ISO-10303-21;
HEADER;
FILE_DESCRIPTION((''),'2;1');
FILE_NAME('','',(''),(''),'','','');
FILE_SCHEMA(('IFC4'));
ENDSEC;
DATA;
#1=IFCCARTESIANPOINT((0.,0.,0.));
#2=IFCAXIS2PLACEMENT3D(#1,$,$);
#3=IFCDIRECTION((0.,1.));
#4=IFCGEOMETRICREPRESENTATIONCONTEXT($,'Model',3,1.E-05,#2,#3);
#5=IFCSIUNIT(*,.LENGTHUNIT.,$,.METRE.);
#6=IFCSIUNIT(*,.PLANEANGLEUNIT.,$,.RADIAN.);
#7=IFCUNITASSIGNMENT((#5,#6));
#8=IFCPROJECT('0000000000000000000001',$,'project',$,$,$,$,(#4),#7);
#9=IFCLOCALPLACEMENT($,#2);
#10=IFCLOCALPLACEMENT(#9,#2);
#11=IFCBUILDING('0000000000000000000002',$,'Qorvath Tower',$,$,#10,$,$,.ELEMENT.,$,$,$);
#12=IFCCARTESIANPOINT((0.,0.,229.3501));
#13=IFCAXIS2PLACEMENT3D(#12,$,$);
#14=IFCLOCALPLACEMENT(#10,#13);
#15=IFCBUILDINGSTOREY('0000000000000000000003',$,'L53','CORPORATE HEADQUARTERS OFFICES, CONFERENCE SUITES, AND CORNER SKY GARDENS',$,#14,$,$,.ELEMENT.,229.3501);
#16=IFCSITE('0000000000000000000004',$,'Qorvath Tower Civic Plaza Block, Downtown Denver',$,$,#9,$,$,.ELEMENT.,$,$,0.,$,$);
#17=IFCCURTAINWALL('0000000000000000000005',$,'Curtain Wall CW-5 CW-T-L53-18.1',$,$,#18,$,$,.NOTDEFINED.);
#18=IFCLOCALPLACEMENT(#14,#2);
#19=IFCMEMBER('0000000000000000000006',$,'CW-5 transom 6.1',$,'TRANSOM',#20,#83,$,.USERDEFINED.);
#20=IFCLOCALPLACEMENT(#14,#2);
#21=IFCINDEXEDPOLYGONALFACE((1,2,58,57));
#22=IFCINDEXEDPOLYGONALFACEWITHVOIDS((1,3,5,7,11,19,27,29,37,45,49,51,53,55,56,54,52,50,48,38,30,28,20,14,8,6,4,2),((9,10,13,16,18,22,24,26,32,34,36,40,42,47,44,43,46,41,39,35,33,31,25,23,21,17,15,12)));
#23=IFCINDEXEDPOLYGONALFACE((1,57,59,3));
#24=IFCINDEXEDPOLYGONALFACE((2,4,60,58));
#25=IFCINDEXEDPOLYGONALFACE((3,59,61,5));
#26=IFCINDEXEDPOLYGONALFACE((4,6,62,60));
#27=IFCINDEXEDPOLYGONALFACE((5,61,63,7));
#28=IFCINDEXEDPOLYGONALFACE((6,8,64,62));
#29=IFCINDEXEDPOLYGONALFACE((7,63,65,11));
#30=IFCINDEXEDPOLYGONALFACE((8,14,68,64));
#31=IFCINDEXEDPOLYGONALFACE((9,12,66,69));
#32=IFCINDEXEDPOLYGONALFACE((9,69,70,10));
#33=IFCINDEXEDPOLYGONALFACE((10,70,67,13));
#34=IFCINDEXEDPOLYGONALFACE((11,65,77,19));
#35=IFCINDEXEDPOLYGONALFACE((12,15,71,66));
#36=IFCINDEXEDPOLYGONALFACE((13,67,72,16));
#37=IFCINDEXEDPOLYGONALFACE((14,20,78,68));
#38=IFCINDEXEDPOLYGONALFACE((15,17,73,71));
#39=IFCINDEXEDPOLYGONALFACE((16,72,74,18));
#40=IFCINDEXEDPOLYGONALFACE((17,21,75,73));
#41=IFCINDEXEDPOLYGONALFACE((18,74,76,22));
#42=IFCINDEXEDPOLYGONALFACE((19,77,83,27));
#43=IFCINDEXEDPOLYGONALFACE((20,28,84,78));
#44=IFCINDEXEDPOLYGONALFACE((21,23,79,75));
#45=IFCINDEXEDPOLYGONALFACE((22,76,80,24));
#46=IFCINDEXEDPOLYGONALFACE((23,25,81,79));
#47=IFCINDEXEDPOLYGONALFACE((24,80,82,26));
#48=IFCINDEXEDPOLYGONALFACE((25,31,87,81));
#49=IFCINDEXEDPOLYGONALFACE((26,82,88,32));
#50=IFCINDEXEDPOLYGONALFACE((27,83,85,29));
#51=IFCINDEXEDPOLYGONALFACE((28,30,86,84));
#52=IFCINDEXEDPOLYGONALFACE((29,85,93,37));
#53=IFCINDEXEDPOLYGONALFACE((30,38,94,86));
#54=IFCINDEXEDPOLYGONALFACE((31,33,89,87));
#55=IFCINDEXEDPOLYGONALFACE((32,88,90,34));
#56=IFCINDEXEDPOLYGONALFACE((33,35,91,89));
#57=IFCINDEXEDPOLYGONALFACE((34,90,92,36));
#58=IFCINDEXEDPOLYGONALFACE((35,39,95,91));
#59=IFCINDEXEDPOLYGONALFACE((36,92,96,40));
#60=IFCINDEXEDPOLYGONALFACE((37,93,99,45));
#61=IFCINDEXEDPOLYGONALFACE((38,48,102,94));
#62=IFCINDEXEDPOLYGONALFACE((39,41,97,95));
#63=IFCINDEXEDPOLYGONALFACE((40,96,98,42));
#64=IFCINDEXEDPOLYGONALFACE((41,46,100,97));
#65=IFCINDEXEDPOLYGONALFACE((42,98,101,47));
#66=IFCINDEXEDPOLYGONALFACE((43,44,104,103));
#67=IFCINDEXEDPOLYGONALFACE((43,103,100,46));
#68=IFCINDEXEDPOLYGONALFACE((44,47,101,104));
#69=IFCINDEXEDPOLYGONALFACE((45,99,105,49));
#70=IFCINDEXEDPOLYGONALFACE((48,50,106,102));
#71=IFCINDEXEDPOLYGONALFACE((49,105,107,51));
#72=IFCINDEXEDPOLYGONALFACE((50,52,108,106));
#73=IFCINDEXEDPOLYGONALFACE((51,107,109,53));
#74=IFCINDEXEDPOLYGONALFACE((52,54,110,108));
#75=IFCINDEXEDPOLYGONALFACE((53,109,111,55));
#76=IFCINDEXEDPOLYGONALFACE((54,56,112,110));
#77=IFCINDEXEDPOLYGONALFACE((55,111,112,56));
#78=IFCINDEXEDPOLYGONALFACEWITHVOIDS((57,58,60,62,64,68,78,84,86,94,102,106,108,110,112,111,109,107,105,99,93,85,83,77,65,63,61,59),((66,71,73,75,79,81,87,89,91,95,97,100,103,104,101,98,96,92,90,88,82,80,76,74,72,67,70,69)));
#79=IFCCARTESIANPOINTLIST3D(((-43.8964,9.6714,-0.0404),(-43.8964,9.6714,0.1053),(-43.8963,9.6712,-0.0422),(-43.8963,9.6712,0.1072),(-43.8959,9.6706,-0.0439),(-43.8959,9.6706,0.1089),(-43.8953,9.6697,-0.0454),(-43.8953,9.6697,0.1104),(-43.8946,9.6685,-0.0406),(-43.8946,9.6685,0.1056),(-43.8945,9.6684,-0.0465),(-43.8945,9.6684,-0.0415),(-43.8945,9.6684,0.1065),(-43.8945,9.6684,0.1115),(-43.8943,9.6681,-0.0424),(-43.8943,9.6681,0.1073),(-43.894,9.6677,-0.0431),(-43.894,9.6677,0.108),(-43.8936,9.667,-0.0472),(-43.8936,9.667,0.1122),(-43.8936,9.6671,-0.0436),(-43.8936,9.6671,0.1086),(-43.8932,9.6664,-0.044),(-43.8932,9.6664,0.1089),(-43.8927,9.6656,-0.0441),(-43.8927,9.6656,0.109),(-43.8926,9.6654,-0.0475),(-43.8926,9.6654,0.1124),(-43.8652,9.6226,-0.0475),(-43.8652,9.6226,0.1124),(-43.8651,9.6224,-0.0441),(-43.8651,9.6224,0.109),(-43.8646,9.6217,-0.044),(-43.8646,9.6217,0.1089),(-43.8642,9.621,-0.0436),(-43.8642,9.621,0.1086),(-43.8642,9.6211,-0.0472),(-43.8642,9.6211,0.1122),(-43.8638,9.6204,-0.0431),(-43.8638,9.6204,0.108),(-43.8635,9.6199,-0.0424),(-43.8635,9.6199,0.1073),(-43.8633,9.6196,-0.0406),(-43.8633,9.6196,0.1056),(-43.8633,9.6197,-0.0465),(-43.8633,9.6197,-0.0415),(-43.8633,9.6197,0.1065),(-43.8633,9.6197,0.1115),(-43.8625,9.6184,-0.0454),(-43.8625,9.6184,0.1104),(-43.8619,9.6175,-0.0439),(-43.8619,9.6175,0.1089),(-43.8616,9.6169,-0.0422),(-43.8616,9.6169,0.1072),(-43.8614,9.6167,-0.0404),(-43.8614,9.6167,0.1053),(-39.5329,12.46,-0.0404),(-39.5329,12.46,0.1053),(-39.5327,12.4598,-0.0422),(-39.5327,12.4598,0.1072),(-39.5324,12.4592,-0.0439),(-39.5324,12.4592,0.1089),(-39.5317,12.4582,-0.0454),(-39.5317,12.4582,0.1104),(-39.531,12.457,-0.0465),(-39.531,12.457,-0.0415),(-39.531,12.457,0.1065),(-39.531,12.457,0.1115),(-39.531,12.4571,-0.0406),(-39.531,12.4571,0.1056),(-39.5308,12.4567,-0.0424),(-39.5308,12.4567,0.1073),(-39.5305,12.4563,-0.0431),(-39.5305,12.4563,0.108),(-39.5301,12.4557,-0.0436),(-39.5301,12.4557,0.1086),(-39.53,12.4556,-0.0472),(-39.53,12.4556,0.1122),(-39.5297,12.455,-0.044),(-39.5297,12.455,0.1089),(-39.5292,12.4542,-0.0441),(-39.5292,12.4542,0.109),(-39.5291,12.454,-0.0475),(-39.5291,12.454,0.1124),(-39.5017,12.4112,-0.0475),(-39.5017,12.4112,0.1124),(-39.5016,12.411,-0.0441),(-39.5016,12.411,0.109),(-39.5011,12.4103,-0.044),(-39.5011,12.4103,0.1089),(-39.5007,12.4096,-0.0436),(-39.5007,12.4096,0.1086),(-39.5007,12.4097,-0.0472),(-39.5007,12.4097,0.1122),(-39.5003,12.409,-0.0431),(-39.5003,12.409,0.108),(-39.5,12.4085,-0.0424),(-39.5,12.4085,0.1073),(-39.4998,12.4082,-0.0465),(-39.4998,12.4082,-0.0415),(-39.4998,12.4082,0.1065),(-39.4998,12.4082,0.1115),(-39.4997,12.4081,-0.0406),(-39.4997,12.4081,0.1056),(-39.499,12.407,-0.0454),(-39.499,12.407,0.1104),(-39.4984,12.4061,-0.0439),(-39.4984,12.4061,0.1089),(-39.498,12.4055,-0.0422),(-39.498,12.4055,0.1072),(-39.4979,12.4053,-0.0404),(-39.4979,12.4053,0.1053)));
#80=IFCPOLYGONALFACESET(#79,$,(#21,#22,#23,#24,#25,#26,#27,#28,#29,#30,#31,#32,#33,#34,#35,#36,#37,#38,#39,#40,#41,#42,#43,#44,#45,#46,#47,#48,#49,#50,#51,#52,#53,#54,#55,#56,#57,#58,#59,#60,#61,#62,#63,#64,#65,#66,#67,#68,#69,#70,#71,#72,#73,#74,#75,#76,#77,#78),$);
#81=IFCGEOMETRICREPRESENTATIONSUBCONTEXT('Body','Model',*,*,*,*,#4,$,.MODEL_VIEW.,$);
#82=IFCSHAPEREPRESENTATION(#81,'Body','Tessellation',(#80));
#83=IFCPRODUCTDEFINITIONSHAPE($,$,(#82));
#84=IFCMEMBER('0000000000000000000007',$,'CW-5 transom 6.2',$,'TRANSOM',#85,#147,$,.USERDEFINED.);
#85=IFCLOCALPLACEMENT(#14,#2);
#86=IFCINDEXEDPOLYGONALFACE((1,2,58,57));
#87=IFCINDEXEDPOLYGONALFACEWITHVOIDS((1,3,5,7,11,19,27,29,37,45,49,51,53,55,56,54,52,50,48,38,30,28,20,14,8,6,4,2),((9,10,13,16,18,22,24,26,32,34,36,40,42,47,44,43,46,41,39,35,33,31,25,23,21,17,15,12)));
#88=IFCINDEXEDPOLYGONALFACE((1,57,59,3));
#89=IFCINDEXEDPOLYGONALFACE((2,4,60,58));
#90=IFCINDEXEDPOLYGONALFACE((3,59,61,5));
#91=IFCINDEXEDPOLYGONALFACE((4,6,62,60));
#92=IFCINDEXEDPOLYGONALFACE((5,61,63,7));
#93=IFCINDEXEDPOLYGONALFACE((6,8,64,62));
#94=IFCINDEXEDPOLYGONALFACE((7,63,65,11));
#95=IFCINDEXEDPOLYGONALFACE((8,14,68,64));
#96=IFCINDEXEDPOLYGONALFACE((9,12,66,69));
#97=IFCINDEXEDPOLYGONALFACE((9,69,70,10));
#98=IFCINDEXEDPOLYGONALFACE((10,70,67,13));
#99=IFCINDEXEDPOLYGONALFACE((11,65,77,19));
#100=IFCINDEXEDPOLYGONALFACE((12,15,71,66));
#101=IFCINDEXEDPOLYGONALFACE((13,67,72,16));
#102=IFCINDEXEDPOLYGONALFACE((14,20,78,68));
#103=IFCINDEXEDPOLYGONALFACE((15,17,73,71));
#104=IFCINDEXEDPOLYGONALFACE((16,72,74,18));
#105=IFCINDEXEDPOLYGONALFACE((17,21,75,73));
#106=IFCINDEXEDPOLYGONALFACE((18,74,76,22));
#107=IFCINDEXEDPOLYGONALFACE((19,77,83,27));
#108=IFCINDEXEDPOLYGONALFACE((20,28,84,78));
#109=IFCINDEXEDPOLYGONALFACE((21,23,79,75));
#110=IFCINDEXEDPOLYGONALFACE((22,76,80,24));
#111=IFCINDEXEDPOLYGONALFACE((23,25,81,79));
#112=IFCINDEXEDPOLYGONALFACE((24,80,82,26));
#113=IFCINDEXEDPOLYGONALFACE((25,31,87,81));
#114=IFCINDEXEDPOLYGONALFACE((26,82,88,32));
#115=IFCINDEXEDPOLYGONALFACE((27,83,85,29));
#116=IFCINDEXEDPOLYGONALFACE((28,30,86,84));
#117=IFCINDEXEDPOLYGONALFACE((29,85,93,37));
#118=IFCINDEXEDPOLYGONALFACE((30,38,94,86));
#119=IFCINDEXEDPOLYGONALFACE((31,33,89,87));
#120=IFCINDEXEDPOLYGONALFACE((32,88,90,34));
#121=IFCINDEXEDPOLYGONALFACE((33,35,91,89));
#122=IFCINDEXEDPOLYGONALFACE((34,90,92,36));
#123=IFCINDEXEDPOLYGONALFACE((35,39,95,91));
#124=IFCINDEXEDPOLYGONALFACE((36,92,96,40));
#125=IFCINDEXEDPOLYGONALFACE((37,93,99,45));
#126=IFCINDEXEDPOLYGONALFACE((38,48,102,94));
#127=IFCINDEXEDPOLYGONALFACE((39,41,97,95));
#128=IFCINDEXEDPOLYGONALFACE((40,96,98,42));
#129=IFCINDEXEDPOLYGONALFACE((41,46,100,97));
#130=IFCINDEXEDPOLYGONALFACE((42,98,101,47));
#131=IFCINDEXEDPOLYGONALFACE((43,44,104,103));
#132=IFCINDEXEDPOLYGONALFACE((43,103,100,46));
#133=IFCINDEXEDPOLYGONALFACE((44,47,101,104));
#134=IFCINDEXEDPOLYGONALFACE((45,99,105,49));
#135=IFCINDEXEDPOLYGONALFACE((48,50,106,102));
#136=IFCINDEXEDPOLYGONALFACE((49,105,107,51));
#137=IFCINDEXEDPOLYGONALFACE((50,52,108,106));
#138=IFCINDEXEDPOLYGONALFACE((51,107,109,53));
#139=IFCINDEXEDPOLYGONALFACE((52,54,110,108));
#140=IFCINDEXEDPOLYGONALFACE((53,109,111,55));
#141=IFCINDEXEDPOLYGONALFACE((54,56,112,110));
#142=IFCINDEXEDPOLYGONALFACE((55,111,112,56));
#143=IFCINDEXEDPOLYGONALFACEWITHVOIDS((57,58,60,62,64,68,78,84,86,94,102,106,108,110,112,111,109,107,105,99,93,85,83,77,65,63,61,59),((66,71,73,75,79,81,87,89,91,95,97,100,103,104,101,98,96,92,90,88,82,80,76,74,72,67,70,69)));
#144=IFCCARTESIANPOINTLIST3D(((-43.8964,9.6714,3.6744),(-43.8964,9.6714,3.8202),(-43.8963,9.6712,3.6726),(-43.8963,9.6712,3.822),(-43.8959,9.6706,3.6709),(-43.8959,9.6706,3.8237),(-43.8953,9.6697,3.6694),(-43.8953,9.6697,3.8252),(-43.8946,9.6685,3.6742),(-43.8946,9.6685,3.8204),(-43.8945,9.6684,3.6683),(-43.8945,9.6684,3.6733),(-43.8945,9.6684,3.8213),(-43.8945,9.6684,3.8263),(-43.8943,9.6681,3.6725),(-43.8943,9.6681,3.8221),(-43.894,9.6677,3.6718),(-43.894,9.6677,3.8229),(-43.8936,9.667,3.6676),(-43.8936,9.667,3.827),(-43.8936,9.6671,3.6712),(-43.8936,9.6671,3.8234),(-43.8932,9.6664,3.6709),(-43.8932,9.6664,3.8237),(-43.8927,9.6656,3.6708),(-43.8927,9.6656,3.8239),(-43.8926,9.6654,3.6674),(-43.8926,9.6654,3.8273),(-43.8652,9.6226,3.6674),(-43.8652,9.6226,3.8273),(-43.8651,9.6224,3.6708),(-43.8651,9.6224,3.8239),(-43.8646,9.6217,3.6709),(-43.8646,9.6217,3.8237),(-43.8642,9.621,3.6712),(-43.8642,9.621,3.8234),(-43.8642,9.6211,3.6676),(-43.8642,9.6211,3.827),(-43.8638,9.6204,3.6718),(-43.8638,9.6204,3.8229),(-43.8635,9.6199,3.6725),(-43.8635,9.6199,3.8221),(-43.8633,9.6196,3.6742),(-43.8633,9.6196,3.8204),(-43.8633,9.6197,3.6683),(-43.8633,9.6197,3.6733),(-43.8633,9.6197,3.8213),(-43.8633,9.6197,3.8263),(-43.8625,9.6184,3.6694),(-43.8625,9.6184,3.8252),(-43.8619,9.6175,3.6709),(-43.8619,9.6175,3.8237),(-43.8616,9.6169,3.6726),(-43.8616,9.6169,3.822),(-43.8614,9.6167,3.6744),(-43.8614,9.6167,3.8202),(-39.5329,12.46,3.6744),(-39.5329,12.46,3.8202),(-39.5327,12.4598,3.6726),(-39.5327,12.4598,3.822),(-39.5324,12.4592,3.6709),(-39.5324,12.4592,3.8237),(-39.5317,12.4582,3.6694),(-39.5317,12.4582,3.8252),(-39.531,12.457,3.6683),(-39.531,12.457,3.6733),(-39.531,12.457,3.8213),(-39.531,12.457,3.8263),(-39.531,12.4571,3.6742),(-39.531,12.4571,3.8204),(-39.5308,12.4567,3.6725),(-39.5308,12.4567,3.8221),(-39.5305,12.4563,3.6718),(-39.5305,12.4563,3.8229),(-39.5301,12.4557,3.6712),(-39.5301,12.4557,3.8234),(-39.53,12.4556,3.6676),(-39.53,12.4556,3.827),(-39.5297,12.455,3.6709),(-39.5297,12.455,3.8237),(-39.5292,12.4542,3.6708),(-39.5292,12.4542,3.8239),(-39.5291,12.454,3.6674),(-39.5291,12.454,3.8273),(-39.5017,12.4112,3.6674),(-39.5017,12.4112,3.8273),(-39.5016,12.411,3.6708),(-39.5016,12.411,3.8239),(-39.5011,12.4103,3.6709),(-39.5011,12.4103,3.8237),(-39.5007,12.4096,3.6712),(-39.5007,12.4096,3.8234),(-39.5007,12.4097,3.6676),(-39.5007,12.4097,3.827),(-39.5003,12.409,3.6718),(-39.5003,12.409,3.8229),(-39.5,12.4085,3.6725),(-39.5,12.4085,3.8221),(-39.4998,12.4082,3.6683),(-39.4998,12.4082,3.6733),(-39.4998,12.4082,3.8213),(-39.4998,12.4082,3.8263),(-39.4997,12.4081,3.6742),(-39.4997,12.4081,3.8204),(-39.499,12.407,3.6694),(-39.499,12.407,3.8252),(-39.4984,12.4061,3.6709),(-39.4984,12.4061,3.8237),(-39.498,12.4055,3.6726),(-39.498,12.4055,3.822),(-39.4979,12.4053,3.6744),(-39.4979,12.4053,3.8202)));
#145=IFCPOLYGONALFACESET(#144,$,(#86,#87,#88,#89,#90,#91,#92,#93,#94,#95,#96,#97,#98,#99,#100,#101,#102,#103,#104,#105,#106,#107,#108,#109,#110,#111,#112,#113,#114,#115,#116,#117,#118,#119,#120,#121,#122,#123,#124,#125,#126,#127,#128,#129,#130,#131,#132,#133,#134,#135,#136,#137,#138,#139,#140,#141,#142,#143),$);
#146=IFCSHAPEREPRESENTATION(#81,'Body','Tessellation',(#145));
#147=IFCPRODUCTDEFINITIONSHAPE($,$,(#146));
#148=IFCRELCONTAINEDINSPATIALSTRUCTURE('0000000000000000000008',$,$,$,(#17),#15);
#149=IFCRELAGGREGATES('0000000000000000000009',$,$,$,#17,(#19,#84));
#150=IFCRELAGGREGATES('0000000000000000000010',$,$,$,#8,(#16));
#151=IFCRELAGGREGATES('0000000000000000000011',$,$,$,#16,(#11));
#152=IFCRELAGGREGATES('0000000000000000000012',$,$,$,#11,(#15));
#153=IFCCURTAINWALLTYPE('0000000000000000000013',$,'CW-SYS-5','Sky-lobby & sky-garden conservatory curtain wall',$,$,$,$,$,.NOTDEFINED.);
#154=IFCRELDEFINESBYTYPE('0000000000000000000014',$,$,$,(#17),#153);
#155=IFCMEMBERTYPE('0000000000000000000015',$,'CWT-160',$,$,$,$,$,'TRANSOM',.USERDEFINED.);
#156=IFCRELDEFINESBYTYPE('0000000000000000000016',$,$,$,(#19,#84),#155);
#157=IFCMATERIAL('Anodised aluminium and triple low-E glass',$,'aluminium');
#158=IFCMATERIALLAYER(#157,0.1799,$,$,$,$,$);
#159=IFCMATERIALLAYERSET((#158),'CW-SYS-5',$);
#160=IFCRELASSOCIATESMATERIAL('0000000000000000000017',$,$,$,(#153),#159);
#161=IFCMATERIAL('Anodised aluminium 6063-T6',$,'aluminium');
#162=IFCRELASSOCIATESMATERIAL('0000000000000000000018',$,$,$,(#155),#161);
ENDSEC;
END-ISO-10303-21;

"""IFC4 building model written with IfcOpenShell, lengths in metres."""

from ifc_helpers import new_model, si_unit, direction, frame, origin, origin_2d, place, context, subcontext, project, spatial, hollow_rectangle, extrude, material, layer, layer_set, material_profile, profile_set, type_object, element, aggregate, save


model = new_model("IFC4")

# Units and contexts
model_context = context("Model", 3, precision=1e-05, world=origin(), true_north=direction((0.0, 1.0)))
body_context = subcontext(model_context, "Body", "Model", "MODEL_VIEW")
ifc_project = project(units=[si_unit("LENGTHUNIT", "METRE"), si_unit("PLANEANGLEUNIT", "RADIAN")], contexts=[model_context])

# Site, building, storey
site_placement = place(None, origin())
site = spatial("IfcSite", under=ifc_project, at=site_placement, Name="Qorvath Tower Civic Plaza Block, Downtown Denver", CompositionType="ELEMENT", RefElevation=0.0)
building_placement = place(site_placement, origin())
building = spatial("IfcBuilding", under=site, at=building_placement, Name="Qorvath Tower", CompositionType="ELEMENT")
storey_placement = place(building_placement, frame((0.0, 0.0, 229.3501)))
storey = spatial("IfcBuildingStorey", under=building, at=storey_placement, Name="L53", Description="CORPORATE HEADQUARTERS OFFICES, CONFERENCE SUITES, AND CORNER SKY GARDENS", CompositionType="ELEMENT", Elevation=229.3501)

# Shared definitions
ifc_material_1 = material(Name="Anodised aluminium and triple low-E glass", Category="aluminium")
ifc_layer_1 = layer(ifc_material_1, 0.1799)
ifc_layer_set_1 = layer_set([ifc_layer_1], Name="CW-SYS-5")
curtain_wall_type = type_object("IfcCurtainWallType", Name="CW-SYS-5", Description="Sky-lobby & sky-garden conservatory curtain wall", PredefinedType="NOTDEFINED", material=ifc_layer_set_1)

# Curtain wall
curtain_wall_1_placement = place(storey_placement, origin())
curtain_wall_1 = element("IfcCurtainWall", 1, at=curtain_wall_1_placement, inside=storey, type_object=curtain_wall_type, Name="Curtain Wall CW-5 CW-T-L53-18.1", PredefinedType="NOTDEFINED")

# Members
ifc_material_2 = material(Name="Anodised aluminium 6063-T6", Category="aluminium")
ifc_material_profile_1 = material_profile(ifc_material_2, hollow_rectangle(XDim=0.0649, YDim=0.1599, WallThickness=0.0034, InnerFilletRadius=0.0034, OuterFilletRadius=0.0071, at=origin_2d()), Name="CWT 160x65")
ifc_profile_set_1 = profile_set([ifc_material_profile_1], Name="Anodised aluminium 6063-T6")
member_type_1 = type_object("IfcMemberType", Name="CWT-160", ElementType="TRANSOM", PredefinedType="USERDEFINED", material=ifc_profile_set_1)
member_1_placement = place(storey_placement, frame((-39.5154, 12.4326, 0.0325), z_axis=(-0.842629, -0.538494, 0.0), x_axis=(0.538494, -0.842629, 0.0)))
member_1 = element("IfcMember", 2, at=member_1_placement, type_object=member_type_1, Name="CW-5 transom 6.1", ObjectType="TRANSOM", PredefinedType="USERDEFINED", context=body_context, shape_type="SweptSolid", body=[
    extrude(hollow_rectangle(XDim=0.0649, YDim=0.1599, WallThickness=0.0034, InnerFilletRadius=0.0034, OuterFilletRadius=0.0071, at=origin_2d()), origin(), (0.0, 0.0, 1.0), 5.1785),
])
member_2_placement = place(storey_placement, frame((-39.5154, 12.4326, 3.7473), z_axis=(-0.842629, -0.538494, 0.0), x_axis=(0.538494, -0.842629, 0.0)))
member_2 = element("IfcMember", 3, at=member_2_placement, type_object=member_type_1, Name="CW-5 transom 6.2", ObjectType="TRANSOM", PredefinedType="USERDEFINED", context=body_context, shape_type="SweptSolid", body=[
    extrude(hollow_rectangle(XDim=0.0649, YDim=0.1599, WallThickness=0.0034, InnerFilletRadius=0.0034, OuterFilletRadius=0.0071, at=origin_2d()), origin(), (0.0, 0.0, 1.0), 5.1785),
])

aggregate(curtain_wall_1, [member_1, member_2])

save(model, "model.ifc")
